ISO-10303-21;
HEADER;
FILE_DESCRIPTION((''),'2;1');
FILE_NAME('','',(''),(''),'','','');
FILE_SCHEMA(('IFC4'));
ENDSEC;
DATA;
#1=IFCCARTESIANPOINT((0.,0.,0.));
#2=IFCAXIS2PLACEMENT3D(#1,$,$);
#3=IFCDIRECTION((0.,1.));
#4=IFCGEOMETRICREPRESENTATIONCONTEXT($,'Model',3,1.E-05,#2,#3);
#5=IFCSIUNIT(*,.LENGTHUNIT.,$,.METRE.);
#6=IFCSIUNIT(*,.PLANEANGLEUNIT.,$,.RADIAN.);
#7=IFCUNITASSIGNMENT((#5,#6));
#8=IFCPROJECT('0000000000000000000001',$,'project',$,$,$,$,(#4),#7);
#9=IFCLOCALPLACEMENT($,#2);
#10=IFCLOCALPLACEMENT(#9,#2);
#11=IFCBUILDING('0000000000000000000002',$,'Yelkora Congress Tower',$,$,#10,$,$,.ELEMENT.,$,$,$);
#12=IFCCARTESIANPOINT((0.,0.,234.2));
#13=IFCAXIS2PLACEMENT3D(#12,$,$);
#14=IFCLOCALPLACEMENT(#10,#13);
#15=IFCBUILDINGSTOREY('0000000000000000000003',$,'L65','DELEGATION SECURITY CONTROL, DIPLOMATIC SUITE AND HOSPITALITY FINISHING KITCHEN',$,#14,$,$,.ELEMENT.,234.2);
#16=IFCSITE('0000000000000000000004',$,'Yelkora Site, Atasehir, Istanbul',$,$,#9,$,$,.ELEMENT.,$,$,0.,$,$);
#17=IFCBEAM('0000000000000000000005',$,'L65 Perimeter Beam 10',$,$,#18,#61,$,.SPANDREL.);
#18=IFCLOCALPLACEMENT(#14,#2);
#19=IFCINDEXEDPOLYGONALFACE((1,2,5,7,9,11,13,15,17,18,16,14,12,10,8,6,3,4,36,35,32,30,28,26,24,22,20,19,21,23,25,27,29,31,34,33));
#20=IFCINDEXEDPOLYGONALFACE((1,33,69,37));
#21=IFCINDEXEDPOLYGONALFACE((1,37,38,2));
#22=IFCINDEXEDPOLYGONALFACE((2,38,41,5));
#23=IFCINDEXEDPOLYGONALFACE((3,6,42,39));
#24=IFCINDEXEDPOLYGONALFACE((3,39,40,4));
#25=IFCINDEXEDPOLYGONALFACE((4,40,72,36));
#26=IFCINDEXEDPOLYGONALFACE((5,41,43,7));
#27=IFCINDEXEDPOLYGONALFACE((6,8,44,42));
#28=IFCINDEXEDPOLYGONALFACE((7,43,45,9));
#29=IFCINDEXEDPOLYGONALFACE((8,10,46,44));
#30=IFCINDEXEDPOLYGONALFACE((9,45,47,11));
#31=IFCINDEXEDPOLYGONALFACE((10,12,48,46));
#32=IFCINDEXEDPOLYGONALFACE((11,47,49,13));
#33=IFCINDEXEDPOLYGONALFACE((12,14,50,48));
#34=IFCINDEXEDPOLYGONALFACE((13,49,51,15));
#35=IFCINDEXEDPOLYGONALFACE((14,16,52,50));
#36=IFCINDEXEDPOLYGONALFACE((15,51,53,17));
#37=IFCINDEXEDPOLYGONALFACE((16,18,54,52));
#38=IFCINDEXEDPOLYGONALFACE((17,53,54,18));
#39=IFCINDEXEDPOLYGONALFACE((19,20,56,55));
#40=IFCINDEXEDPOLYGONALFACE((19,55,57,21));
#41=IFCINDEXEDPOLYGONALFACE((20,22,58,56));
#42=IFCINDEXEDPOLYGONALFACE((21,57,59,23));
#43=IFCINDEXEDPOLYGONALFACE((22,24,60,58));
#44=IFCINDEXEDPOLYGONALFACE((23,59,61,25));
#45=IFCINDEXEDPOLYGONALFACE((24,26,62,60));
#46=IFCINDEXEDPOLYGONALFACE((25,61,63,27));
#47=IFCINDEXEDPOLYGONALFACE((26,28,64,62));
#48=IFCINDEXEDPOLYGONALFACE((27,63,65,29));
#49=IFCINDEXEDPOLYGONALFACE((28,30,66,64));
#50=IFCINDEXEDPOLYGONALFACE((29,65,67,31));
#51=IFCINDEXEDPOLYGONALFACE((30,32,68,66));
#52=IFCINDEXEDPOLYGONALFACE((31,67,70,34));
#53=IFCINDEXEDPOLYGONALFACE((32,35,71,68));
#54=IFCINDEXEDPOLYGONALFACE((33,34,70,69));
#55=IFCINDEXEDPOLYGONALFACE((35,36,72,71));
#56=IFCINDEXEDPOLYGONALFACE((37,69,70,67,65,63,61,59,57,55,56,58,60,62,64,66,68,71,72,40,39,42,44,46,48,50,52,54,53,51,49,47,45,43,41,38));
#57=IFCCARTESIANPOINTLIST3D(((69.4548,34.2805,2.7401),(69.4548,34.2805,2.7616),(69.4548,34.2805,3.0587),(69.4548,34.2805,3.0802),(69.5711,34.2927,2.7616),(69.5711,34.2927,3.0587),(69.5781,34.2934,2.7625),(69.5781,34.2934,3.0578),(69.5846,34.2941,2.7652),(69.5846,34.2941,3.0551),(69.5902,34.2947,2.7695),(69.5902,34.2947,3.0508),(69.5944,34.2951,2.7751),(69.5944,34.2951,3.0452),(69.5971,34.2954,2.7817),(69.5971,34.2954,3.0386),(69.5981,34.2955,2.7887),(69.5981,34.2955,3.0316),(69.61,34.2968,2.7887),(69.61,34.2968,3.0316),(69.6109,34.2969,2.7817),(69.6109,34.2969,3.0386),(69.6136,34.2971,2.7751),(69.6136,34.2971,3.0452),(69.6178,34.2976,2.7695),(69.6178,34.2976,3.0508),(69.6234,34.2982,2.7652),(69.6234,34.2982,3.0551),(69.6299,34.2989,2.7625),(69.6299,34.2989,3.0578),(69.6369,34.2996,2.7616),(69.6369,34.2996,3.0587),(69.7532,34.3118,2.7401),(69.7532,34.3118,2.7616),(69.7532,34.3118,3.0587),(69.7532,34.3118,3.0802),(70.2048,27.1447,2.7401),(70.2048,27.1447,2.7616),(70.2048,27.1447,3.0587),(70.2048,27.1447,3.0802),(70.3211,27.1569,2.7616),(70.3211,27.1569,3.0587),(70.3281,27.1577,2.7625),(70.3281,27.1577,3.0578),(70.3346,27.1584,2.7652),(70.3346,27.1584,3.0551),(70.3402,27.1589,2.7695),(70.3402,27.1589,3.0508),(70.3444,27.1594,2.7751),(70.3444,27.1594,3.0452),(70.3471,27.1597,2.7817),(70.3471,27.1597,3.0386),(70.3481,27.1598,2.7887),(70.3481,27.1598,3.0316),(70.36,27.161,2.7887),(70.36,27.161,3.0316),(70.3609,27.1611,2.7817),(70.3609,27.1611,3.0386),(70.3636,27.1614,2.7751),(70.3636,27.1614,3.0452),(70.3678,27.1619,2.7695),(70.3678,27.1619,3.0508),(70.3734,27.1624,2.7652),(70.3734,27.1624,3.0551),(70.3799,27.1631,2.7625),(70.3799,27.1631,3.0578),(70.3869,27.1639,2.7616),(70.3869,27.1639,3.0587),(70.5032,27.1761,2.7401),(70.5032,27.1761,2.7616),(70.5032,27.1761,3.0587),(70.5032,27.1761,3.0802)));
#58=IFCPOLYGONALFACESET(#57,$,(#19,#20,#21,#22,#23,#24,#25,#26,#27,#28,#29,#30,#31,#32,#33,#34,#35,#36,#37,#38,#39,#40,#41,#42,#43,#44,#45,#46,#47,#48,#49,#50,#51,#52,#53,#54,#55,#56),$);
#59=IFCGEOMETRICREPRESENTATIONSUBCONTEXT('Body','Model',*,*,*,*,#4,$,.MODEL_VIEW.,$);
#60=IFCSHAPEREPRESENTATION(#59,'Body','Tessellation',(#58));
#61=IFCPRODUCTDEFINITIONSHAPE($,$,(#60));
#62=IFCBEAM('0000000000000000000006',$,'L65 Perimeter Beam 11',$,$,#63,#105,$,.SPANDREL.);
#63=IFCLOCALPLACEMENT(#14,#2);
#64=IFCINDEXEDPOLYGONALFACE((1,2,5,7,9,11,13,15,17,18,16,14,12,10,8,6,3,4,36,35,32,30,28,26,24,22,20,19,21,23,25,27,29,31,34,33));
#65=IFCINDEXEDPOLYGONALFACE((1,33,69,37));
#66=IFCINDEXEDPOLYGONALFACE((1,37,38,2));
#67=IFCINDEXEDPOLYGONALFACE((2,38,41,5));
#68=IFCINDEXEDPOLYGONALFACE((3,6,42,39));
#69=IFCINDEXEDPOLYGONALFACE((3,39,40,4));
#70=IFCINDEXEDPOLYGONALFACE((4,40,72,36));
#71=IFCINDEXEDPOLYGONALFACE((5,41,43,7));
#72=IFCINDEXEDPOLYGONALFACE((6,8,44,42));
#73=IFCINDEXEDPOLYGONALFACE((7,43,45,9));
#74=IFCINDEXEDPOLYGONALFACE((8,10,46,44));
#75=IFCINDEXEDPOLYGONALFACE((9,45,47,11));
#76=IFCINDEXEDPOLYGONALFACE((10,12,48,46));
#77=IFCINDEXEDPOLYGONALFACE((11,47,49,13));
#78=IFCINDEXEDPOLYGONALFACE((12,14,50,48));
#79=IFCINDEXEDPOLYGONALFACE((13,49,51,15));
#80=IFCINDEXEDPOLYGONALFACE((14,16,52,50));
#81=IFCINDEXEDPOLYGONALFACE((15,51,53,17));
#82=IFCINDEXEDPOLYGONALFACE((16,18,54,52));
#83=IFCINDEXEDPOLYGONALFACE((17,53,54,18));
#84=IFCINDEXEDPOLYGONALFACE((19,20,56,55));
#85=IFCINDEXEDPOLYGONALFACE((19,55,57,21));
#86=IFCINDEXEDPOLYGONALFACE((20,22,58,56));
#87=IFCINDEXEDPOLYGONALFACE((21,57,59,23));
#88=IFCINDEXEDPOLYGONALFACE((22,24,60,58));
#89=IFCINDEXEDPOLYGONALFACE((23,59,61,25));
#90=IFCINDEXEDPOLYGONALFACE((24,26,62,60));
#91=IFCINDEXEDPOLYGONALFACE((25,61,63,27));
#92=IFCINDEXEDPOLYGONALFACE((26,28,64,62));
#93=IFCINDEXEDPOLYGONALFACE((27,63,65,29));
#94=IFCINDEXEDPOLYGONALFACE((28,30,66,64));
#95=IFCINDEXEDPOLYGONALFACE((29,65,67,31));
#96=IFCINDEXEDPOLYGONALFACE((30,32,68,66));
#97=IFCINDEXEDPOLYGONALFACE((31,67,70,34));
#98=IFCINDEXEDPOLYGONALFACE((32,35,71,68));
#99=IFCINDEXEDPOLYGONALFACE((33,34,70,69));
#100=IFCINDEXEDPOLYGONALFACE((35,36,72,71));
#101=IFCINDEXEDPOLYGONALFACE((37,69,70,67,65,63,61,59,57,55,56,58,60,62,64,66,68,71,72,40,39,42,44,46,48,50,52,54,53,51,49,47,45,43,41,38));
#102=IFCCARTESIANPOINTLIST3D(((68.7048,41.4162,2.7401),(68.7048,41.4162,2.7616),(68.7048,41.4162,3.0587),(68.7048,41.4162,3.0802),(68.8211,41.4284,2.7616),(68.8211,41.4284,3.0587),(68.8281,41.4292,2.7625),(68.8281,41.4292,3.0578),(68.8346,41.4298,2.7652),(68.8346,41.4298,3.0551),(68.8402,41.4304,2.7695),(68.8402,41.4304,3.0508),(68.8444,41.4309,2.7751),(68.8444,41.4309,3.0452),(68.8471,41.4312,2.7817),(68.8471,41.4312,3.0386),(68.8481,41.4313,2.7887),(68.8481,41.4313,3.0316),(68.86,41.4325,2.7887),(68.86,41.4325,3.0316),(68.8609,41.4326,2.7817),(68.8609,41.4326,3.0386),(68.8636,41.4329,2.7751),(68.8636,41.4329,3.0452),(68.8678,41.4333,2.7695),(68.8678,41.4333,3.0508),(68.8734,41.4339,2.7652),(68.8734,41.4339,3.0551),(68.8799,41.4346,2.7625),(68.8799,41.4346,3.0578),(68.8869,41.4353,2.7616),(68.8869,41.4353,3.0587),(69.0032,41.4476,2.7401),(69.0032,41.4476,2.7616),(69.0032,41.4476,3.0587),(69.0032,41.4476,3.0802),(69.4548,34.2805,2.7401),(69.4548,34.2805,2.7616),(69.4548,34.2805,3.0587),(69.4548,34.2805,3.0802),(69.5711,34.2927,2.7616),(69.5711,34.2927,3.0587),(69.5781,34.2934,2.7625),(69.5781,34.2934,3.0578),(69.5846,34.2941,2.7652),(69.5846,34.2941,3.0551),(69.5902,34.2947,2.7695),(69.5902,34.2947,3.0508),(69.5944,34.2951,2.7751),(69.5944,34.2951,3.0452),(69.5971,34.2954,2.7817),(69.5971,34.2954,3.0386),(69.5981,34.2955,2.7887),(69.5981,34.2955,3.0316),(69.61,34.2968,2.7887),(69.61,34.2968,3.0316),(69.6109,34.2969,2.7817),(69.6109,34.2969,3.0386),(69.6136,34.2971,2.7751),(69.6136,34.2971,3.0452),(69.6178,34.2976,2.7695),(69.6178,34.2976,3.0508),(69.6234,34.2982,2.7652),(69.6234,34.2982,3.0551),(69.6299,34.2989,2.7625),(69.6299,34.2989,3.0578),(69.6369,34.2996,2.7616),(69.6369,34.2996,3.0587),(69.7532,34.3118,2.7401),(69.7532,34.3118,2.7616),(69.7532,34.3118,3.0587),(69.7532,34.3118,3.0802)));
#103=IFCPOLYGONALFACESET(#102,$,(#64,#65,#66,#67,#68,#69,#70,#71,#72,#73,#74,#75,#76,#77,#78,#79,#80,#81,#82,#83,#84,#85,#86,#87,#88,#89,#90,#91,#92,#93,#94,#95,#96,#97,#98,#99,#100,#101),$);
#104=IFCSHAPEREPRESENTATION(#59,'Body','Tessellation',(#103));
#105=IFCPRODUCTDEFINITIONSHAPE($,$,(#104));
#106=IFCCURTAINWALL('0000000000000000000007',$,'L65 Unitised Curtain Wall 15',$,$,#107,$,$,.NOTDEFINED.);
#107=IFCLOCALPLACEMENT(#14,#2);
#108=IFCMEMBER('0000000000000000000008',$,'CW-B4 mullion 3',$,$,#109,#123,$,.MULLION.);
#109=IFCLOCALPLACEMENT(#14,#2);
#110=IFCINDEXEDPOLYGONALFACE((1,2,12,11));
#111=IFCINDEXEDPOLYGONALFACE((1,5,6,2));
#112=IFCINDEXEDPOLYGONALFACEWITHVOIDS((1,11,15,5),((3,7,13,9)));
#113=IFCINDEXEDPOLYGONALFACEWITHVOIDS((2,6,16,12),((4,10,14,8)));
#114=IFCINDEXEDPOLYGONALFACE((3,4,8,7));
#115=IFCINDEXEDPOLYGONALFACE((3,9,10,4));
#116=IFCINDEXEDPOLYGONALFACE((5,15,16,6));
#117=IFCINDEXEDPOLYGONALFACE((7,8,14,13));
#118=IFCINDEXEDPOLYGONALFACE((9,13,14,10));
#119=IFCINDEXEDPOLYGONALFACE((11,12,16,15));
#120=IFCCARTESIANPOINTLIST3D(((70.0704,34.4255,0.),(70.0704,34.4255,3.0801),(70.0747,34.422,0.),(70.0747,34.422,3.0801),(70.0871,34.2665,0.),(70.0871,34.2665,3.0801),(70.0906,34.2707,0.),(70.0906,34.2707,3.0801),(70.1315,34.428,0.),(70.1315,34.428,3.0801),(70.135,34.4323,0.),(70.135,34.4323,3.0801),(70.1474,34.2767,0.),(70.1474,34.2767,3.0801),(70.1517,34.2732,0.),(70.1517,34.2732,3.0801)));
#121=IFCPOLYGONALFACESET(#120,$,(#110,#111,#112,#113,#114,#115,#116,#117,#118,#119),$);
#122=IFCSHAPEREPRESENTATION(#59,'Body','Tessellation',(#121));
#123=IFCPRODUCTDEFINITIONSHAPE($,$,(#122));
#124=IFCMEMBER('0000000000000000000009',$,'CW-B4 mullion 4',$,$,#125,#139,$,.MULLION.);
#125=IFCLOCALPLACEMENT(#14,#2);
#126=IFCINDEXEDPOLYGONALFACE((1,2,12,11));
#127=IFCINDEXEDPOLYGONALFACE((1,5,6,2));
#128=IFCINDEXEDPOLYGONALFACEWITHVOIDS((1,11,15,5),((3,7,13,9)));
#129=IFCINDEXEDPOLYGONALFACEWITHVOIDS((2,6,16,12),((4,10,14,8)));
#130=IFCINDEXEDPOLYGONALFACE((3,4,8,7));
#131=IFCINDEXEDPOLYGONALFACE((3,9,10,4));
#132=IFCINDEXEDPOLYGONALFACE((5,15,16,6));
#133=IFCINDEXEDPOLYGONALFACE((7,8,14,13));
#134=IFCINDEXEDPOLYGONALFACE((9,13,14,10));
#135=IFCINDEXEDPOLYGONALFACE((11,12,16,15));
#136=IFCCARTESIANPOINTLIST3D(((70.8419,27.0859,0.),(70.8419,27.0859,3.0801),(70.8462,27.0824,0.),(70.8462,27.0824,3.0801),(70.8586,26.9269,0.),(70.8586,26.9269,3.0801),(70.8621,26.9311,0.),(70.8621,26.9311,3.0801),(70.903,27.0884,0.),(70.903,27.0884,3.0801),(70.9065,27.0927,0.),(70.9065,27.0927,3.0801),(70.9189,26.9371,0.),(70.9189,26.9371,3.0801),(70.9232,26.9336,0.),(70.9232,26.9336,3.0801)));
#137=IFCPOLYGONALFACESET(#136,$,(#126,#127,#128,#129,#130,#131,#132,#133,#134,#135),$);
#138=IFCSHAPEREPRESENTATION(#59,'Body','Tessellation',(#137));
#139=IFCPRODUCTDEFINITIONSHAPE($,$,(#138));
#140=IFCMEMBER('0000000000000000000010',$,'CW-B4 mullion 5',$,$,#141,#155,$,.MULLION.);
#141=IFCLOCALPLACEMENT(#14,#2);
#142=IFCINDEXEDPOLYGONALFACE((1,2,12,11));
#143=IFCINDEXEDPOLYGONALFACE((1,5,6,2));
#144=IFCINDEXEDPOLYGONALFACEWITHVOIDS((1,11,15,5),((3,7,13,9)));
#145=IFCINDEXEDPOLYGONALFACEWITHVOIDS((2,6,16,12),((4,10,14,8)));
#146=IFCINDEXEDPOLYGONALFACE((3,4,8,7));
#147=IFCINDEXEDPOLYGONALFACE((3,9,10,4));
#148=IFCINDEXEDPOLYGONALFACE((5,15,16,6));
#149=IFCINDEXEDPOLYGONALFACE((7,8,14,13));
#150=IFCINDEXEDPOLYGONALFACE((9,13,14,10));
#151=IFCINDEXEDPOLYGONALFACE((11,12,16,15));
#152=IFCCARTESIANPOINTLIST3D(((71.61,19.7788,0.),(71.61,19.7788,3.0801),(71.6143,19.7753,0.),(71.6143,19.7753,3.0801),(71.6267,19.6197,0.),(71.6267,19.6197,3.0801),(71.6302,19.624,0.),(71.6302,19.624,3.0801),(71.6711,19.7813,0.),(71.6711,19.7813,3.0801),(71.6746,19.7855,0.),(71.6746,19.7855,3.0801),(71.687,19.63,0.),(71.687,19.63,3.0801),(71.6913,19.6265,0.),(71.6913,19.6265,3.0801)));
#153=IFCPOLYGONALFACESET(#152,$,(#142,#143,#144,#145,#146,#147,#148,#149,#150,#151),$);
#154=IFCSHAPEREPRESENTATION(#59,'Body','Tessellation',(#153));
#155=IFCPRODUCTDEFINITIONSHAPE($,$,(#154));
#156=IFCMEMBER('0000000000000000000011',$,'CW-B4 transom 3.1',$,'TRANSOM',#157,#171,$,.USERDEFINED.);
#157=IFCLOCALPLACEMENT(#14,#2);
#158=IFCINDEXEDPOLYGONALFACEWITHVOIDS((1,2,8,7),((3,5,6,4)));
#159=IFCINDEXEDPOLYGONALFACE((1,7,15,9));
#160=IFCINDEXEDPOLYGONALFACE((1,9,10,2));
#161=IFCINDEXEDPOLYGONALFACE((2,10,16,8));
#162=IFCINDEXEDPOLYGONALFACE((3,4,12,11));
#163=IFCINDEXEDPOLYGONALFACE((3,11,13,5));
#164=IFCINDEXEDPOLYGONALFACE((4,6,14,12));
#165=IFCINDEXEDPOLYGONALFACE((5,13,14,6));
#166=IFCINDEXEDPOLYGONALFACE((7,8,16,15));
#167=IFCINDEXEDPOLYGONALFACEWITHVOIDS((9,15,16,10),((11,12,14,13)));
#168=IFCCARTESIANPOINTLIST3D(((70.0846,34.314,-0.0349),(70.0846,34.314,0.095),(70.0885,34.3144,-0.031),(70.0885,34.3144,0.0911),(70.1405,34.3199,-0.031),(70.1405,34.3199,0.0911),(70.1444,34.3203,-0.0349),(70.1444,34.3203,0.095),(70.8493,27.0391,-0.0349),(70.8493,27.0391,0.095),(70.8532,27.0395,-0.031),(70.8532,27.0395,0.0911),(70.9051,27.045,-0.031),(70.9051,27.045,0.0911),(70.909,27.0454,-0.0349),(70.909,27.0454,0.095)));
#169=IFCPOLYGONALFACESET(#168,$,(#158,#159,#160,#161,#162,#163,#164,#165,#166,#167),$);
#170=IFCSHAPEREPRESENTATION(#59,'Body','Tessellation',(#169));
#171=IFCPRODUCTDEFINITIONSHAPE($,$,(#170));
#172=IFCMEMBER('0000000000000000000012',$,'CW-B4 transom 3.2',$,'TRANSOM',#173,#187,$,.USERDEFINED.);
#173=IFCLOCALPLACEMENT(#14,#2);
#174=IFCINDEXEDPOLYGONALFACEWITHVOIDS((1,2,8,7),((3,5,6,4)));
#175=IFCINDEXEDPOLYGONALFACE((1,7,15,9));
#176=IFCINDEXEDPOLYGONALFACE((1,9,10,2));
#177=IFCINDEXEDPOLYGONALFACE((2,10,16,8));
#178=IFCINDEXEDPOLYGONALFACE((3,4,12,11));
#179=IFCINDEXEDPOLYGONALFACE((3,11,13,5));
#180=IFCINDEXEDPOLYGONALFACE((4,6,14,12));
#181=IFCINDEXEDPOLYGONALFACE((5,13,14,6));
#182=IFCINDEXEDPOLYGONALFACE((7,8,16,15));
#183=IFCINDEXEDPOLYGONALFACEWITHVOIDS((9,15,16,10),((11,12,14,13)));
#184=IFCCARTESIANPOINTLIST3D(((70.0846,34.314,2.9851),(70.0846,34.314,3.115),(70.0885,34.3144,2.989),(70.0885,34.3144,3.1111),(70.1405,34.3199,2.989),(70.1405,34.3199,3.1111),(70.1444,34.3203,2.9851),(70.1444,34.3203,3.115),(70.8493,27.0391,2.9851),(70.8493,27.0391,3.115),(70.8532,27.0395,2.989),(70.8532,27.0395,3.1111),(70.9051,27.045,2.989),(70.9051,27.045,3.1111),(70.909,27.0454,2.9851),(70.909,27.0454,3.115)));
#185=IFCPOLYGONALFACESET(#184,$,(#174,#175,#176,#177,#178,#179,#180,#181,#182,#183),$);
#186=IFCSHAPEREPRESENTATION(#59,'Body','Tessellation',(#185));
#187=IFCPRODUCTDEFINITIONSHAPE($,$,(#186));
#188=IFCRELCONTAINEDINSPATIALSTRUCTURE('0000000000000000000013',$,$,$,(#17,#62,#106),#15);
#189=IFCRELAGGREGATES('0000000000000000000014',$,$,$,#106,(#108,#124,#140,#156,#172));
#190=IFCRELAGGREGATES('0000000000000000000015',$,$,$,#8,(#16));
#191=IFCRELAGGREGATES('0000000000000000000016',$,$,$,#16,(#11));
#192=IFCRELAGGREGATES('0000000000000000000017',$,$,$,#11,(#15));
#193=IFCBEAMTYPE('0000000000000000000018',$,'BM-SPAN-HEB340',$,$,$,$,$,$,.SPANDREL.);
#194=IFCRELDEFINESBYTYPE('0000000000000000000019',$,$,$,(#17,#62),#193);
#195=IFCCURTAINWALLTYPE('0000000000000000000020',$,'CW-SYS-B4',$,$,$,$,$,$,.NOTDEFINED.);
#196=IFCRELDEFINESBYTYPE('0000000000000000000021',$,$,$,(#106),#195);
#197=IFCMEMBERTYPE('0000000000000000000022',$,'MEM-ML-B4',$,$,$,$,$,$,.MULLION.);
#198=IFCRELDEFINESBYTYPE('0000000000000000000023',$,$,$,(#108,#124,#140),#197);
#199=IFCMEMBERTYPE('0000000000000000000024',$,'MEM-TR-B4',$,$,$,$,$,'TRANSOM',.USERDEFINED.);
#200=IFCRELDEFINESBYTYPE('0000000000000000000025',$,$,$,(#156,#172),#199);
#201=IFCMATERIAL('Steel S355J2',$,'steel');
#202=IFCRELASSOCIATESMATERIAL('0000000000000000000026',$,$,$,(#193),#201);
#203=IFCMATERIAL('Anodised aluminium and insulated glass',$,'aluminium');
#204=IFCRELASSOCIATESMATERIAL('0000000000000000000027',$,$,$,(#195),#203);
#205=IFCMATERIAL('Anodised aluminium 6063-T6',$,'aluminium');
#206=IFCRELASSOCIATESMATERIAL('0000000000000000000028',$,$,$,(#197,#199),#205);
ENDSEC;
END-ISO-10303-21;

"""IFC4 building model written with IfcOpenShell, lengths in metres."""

from ifc_helpers import new_model, si_unit, direction, frame, origin, origin_2d, place, context, subcontext, project, spatial, hollow_rectangle, i_section, extrude, material, material_profile, profile_set, type_object, element, aggregate, save


model = new_model("IFC4")

# Units and contexts
model_context = context("Model", 3, precision=1e-05, world=origin(), true_north=direction((0.0, 1.0)))
body_context = subcontext(model_context, "Body", "Model", "MODEL_VIEW")
ifc_project = project(units=[si_unit("LENGTHUNIT", "METRE"), si_unit("PLANEANGLEUNIT", "RADIAN")], contexts=[model_context])

# Site, building, storey
site_placement = place(None, origin())
site = spatial("IfcSite", under=ifc_project, at=site_placement, Name="Yelkora Site, Atasehir, Istanbul", CompositionType="ELEMENT", RefElevation=0.0)
building_placement = place(site_placement, origin())
building = spatial("IfcBuilding", under=site, at=building_placement, Name="Yelkora Congress Tower", CompositionType="ELEMENT")
storey_placement = place(building_placement, frame((0.0, 0.0, 234.2)))
storey = spatial("IfcBuildingStorey", under=building, at=storey_placement, Name="L65", Description="DELEGATION SECURITY CONTROL, DIPLOMATIC SUITE AND HOSPITALITY FINISHING KITCHEN", CompositionType="ELEMENT", Elevation=234.2)

# Shared definitions
ifc_material_1 = material(Name="Steel S355J2", Category="steel")

# Beams
ifc_material_profile_1 = material_profile(ifc_material_1, i_section(OverallWidth=0.3, OverallDepth=0.3401, WebThickness=0.012, FlangeThickness=0.0215, FilletRadius=0.0271, at=origin_2d()), Name="HEB 340")
ifc_profile_set_1 = profile_set([ifc_material_profile_1], Name="Steel S355J2")
beam_type_1 = type_object("IfcBeamType", Name="BM-SPAN-HEB340", PredefinedType="SPANDREL", material=ifc_profile_set_1)
for number, where, z_axis, x_axis, name in (
    (1, (70.354, 27.1604, 2.9102), (-0.104529, 0.994522, 0.0), (-0.994522, -0.104529, 0.0), "L65 Perimeter Beam 10"),
    (2, (69.604, 34.2961, 2.9102), (-0.104529, 0.994522, 0.0), (-0.994522, -0.104529, 0.0), "L65 Perimeter Beam 11"),
):
    element("IfcBeam", number, at=place(storey_placement, frame(where, z_axis=z_axis, x_axis=x_axis)), inside=storey, type_object=beam_type_1, Name=name, PredefinedType="SPANDREL", context=body_context, shape_type="SweptSolid", body=[
        extrude(i_section(OverallWidth=0.3, OverallDepth=0.3401, WebThickness=0.012, FlangeThickness=0.0215, FilletRadius=0.0271, at=origin_2d()), origin(), (0.0, 0.0, 1.0), 7.175),
    ])

# Curtain wall, members
ifc_material_2 = material(Name="Anodised aluminium and insulated glass", Category="aluminium")
curtain_wall_type = type_object("IfcCurtainWallType", Name="CW-SYS-B4", PredefinedType="NOTDEFINED", material=ifc_material_2)
curtain_wall_placement = place(storey_placement, origin())
curtain_wall = element("IfcCurtainWall", 3, at=curtain_wall_placement, inside=storey, type_object=curtain_wall_type, Name="L65 Unitised Curtain Wall 15", PredefinedType="NOTDEFINED")
ifc_material_3 = material(Name="Anodised aluminium 6063-T6", Category="aluminium")
ifc_material_profile_2 = material_profile(ifc_material_3, hollow_rectangle(XDim=0.0649, YDim=0.1599, WallThickness=0.0039, at=origin_2d()), Name="ALU 65x160x4")
ifc_profile_set_2 = profile_set([ifc_material_profile_2], Name="Anodised aluminium 6063-T6")
member_type_1 = type_object("IfcMemberType", Name="MEM-ML-B4", PredefinedType="MULLION", material=ifc_profile_set_2)
member_1_placement = place(storey_placement, frame((70.1111, 34.3494, 0.0), z_axis=(0.0, 0.0, 1.0), x_axis=(0.994522, 0.104526, 0.0)))
member_1 = element("IfcMember", 4, at=member_1_placement, type_object=member_type_1, Name="CW-B4 mullion 3", PredefinedType="MULLION", context=body_context, shape_type="SweptSolid", body=[
    extrude(hollow_rectangle(XDim=0.0649, YDim=0.1599, WallThickness=0.0039, at=origin_2d()), origin(), (0.0, 0.0, 1.0), 3.0801),
])
member_2_placement = place(storey_placement, frame((70.8826, 27.0098, 0.0), z_axis=(0.0, 0.0, 1.0), x_axis=(0.994522, 0.104526, 0.0)))
member_2 = element("IfcMember", 5, at=member_2_placement, type_object=member_type_1, Name="CW-B4 mullion 4", PredefinedType="MULLION", context=body_context, shape_type="SweptSolid", body=[
    extrude(hollow_rectangle(XDim=0.0649, YDim=0.1599, WallThickness=0.0039, at=origin_2d()), origin(), (0.0, 0.0, 1.0), 3.0801),
])
member_3_placement = place(storey_placement, frame((71.6506, 19.7026, 0.0), z_axis=(0.0, 0.0, 1.0), x_axis=(0.994522, 0.104526, 0.0)))
member_3 = element("IfcMember", 6, at=member_3_placement, type_object=member_type_1, Name="CW-B4 mullion 5", PredefinedType="MULLION", context=body_context, shape_type="SweptSolid", body=[
    extrude(hollow_rectangle(XDim=0.0649, YDim=0.1599, WallThickness=0.0039, at=origin_2d()), origin(), (0.0, 0.0, 1.0), 3.0801),
])
ifc_material_profile_3 = material_profile(ifc_material_3, hollow_rectangle(XDim=0.0601, YDim=0.1299, WallThickness=0.0039, at=origin_2d()), Name="ALU 60x130x4")
ifc_profile_set_3 = profile_set([ifc_material_profile_3], Name="Anodised aluminium 6063-T6")
member_type_2 = type_object("IfcMemberType", Name="MEM-TR-B4", ElementType="TRANSOM", PredefinedType="USERDEFINED", material=ifc_profile_set_3)
member_4_placement = place(storey_placement, frame((70.1145, 34.3171, 0.03), z_axis=(0.104532, -0.994522, 0.0), x_axis=(0.994522, 0.104532, 0.0)))
member_4 = element("IfcMember", 7, at=member_4_placement, type_object=member_type_2, Name="CW-B4 transom 3.1", ObjectType="TRANSOM", PredefinedType="USERDEFINED", context=body_context, shape_type="SweptSolid", body=[
    extrude(hollow_rectangle(XDim=0.0601, YDim=0.1299, WallThickness=0.0039, at=origin_2d()), origin(), (0.0, 0.0, 1.0), 7.3149),
])
member_5_placement = place(storey_placement, frame((70.1145, 34.3171, 3.05), z_axis=(0.104532, -0.994522, 0.0), x_axis=(0.994522, 0.104532, 0.0)))
member_5 = element("IfcMember", 8, at=member_5_placement, type_object=member_type_2, Name="CW-B4 transom 3.2", ObjectType="TRANSOM", PredefinedType="USERDEFINED", context=body_context, shape_type="SweptSolid", body=[
    extrude(hollow_rectangle(XDim=0.0601, YDim=0.1299, WallThickness=0.0039, at=origin_2d()), origin(), (0.0, 0.0, 1.0), 7.3149),
])
aggregate(curtain_wall, [member_1, member_2, member_3, member_4, member_5])

save(model, "model.ifc")
